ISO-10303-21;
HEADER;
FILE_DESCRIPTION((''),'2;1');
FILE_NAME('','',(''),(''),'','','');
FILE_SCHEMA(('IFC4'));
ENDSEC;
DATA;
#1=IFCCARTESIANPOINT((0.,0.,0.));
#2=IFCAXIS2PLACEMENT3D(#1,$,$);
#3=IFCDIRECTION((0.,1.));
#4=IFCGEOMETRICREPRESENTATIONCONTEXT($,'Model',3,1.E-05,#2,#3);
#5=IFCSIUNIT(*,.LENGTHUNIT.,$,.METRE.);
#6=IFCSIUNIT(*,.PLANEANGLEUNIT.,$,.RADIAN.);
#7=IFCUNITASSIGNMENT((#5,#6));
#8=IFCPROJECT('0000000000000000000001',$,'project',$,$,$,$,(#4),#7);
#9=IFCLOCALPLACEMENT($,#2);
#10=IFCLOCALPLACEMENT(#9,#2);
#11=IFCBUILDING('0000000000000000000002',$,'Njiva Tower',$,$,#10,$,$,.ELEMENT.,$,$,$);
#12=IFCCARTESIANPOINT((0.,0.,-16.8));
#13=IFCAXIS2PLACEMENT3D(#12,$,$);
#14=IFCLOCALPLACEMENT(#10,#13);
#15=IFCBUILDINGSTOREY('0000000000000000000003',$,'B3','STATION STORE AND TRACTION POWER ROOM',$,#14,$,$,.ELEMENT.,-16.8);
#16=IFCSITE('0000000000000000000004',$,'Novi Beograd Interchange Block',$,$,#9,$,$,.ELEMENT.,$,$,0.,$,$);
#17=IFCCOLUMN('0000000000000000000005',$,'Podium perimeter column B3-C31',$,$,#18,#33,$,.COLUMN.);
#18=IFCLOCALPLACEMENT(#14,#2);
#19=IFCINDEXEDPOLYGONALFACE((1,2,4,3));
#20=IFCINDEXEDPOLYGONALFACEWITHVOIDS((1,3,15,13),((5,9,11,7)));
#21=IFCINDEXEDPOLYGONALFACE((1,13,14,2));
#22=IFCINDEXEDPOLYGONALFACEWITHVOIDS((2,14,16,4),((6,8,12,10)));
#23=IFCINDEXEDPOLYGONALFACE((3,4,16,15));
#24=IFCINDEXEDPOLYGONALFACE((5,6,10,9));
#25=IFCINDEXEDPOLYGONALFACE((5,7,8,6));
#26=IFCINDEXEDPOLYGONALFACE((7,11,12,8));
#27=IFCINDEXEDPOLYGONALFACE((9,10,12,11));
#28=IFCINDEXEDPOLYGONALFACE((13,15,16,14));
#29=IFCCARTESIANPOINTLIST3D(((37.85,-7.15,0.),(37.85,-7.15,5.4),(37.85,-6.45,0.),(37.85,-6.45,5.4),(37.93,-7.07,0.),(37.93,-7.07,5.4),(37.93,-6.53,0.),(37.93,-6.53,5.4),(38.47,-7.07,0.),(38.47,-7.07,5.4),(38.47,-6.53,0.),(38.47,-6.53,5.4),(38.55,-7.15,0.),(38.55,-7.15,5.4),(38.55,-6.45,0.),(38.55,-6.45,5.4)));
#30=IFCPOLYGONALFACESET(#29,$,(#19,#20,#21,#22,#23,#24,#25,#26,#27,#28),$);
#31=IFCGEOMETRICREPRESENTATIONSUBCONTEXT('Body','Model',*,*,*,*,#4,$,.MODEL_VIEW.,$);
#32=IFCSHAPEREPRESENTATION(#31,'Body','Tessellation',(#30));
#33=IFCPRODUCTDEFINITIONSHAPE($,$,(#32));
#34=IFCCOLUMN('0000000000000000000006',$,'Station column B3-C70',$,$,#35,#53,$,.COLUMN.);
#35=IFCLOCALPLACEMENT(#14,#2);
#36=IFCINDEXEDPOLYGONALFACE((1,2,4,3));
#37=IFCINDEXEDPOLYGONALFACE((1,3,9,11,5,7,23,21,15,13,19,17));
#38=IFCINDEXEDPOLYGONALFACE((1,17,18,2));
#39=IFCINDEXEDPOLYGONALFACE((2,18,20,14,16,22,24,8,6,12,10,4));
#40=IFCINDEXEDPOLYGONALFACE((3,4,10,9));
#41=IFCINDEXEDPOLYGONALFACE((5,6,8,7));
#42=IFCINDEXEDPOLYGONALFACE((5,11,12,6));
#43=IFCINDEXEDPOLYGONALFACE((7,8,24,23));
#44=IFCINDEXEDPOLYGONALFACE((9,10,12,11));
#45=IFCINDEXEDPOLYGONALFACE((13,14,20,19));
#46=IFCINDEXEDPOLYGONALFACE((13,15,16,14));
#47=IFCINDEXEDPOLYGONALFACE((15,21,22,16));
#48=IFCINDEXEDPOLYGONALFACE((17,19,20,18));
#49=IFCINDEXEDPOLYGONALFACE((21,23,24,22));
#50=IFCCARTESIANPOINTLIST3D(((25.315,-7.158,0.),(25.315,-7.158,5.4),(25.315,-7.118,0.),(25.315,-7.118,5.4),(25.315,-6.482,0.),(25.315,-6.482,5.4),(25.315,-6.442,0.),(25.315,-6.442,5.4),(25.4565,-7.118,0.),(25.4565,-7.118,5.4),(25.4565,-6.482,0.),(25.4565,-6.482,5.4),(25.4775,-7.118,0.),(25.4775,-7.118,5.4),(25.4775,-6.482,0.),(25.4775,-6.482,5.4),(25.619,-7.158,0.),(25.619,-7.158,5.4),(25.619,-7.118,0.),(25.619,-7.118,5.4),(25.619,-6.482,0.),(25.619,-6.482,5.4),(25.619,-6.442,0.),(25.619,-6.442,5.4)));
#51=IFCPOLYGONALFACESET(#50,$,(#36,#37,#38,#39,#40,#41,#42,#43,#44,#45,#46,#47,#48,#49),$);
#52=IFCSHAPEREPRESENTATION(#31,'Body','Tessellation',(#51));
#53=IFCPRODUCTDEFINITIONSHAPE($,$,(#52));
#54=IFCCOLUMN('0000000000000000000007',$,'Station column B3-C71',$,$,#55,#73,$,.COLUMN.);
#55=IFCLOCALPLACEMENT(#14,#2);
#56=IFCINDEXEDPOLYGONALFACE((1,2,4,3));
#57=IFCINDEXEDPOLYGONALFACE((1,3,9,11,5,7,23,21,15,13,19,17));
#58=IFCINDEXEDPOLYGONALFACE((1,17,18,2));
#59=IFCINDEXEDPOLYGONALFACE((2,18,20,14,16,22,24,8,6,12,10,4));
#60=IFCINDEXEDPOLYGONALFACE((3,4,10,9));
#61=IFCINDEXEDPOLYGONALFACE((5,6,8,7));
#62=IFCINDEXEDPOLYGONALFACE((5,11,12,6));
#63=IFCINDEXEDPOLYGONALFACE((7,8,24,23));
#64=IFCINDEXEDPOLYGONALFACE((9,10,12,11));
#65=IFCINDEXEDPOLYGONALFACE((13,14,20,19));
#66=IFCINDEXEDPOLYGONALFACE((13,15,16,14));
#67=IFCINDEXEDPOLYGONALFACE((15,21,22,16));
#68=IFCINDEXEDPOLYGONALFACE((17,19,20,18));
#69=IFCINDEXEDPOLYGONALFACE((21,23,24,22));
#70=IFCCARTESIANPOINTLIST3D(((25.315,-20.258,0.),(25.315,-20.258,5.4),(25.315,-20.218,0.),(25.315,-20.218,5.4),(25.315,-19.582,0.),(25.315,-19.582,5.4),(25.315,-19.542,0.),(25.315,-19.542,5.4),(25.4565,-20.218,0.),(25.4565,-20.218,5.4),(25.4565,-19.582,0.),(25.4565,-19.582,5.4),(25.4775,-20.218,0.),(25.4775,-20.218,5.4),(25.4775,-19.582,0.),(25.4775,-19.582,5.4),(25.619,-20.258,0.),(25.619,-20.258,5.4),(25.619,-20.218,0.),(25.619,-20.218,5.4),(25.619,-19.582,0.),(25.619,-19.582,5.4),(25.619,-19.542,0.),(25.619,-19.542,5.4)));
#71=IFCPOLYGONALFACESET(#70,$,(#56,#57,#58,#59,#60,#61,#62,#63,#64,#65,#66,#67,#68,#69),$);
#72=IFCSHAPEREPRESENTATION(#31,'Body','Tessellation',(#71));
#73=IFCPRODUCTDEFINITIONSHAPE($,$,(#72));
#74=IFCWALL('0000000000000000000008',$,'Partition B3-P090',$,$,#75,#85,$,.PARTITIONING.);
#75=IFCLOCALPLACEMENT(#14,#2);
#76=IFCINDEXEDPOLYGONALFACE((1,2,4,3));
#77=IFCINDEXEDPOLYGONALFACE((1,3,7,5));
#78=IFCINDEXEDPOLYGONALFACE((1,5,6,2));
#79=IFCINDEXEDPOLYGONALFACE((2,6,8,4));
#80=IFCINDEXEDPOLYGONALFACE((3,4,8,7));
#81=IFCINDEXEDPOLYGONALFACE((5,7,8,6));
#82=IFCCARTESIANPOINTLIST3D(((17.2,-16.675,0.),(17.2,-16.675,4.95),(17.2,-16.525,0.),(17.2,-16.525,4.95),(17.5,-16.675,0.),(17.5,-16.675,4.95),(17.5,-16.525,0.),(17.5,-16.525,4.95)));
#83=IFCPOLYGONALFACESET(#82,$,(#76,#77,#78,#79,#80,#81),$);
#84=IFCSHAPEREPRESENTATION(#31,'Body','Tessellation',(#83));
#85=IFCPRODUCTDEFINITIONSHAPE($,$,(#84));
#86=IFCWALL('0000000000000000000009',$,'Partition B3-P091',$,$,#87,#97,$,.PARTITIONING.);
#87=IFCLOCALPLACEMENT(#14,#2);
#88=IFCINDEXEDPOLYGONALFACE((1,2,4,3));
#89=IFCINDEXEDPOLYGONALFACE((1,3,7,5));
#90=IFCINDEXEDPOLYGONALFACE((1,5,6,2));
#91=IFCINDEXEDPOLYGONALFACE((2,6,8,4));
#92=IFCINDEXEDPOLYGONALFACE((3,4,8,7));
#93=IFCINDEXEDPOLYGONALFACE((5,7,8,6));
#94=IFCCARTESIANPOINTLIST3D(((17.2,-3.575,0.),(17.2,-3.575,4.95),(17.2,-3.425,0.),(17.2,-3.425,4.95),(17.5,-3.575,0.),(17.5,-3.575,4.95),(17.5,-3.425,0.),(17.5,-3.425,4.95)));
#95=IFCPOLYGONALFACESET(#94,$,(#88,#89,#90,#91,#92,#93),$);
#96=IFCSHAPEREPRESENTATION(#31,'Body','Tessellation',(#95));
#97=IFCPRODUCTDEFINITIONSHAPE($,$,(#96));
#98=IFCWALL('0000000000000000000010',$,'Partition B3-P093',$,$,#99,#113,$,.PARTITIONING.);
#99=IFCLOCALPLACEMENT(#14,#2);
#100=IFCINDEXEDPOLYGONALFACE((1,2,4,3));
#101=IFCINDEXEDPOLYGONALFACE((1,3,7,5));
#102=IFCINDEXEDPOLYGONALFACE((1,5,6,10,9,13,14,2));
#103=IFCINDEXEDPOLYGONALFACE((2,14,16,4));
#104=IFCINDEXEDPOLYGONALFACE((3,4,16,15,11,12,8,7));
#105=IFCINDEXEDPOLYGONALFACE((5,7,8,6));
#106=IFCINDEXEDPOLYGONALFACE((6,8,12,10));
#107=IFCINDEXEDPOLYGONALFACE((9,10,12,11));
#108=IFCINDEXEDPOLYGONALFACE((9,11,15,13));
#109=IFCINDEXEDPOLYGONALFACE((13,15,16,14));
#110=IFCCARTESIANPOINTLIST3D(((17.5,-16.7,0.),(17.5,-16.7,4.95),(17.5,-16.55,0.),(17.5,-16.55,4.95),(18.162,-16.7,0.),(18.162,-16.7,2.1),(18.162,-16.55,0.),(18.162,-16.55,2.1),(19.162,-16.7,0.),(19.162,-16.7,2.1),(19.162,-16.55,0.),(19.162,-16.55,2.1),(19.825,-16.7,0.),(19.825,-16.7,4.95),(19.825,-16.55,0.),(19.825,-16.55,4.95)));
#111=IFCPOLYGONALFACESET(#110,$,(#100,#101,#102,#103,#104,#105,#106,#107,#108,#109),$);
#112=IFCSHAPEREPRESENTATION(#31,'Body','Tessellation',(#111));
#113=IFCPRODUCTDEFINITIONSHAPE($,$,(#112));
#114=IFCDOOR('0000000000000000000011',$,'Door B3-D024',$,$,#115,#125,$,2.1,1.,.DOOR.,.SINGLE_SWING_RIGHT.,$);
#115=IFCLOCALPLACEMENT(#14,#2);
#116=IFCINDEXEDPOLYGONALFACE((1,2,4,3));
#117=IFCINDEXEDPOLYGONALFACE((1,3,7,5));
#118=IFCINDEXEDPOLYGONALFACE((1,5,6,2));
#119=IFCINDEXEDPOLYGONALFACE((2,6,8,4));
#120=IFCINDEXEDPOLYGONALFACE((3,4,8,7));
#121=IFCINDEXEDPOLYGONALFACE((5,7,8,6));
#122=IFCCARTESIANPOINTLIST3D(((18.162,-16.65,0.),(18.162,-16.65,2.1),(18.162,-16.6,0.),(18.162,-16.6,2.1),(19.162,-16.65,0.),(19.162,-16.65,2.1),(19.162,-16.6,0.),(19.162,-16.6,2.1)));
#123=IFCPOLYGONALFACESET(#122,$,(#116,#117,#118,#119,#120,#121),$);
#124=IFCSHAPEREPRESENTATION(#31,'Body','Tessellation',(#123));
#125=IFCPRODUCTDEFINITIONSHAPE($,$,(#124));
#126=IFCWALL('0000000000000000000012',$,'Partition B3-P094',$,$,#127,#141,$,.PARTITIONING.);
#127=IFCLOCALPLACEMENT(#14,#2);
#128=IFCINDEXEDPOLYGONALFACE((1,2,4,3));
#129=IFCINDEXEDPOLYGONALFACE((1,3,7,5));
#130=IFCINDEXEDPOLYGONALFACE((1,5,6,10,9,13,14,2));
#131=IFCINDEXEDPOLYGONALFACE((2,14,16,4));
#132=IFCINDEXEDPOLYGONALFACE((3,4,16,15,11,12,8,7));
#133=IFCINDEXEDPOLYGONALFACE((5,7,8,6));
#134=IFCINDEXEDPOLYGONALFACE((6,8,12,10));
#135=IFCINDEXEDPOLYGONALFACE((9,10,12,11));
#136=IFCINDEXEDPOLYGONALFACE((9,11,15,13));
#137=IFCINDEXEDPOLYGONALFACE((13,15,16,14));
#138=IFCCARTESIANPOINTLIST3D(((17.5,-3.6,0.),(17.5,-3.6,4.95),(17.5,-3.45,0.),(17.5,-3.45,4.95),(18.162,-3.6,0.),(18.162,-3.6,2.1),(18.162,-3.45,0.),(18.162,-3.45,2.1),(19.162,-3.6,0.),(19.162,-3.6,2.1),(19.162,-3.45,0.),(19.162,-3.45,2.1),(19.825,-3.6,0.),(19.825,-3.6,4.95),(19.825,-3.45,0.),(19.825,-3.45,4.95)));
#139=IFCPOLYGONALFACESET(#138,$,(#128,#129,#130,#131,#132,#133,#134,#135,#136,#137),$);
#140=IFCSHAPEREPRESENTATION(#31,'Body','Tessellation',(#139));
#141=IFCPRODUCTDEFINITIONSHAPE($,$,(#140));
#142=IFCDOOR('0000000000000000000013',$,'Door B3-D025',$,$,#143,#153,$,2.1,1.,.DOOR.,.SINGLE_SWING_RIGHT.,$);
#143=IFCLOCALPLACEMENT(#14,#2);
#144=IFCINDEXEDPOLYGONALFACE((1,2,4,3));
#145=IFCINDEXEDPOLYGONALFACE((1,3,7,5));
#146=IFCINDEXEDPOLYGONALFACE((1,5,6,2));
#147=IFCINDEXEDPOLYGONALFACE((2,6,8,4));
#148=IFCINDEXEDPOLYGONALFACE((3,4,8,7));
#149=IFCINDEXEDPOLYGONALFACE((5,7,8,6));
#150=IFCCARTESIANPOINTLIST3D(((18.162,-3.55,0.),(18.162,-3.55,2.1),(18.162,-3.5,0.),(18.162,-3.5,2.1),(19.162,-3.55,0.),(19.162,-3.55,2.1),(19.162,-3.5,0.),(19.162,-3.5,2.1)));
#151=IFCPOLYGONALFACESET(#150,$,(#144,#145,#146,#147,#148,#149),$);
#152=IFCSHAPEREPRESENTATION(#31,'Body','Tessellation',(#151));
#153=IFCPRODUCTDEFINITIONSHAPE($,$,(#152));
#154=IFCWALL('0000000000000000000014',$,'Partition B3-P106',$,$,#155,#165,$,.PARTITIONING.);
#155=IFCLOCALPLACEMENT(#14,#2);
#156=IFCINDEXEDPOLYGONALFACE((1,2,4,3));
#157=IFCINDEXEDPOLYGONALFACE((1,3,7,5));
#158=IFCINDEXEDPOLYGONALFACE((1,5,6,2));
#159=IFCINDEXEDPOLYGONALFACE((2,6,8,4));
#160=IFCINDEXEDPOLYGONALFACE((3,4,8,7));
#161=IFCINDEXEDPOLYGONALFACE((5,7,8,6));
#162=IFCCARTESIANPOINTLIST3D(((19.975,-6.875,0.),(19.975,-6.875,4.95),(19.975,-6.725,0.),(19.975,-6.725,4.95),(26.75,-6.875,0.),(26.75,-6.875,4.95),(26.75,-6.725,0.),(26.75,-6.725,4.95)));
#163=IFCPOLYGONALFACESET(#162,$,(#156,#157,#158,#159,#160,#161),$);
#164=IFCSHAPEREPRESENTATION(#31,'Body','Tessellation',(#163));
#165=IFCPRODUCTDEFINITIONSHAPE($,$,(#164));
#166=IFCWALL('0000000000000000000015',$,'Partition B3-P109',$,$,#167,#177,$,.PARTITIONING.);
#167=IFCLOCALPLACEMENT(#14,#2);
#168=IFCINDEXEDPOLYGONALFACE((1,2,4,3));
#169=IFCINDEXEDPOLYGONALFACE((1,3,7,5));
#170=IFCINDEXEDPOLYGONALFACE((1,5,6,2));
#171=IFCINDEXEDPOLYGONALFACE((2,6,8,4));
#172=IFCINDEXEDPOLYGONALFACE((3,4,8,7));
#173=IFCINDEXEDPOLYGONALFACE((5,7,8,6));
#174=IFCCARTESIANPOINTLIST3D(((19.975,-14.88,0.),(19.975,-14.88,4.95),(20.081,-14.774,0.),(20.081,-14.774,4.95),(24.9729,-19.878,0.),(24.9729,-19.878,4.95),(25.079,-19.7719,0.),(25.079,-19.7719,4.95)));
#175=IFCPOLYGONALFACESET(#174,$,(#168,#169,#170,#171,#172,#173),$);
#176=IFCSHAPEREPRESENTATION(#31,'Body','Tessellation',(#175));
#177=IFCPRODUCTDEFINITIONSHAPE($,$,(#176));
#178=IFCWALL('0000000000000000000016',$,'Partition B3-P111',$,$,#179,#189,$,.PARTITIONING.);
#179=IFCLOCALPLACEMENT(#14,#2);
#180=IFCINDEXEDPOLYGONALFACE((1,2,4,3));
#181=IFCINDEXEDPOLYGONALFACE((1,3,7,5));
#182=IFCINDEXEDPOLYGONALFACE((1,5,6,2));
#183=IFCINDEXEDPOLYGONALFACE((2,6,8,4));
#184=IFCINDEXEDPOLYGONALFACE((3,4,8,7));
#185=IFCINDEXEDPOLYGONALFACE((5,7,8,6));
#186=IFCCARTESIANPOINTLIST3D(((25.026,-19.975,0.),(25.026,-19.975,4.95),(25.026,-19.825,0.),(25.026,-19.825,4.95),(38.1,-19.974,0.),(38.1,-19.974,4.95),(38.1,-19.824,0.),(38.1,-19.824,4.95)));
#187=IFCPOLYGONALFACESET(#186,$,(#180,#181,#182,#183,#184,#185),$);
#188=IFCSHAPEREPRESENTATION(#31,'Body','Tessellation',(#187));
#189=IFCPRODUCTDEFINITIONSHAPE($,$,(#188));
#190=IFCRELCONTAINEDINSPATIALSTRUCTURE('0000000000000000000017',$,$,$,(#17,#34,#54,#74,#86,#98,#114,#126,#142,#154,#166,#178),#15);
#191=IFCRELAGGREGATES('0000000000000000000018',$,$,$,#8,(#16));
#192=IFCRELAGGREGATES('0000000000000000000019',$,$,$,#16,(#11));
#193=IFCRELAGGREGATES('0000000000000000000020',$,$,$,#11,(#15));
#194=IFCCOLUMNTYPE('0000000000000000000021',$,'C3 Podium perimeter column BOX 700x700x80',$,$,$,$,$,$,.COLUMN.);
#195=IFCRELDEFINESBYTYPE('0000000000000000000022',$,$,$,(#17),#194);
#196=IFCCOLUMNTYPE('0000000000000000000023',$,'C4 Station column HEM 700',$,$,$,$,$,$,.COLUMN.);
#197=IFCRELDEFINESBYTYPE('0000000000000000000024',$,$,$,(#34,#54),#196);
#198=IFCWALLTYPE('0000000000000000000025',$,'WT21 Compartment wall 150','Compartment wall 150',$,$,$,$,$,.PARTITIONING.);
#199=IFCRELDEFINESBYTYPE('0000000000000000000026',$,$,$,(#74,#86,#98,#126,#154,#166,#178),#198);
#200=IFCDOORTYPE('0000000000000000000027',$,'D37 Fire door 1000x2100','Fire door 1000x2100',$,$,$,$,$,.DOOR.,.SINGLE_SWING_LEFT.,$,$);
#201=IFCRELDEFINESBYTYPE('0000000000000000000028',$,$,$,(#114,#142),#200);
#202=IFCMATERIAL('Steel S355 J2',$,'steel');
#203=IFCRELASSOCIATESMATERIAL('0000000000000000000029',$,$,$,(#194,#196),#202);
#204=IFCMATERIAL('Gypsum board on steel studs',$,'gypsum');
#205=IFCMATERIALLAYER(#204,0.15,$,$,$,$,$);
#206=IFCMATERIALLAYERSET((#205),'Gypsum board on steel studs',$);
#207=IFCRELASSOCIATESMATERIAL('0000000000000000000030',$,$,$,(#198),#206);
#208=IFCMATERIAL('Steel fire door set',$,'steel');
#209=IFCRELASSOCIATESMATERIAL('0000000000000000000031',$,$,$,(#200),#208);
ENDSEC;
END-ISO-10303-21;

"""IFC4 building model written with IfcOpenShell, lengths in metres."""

from ifc_helpers import new_model, si_unit, direction, frame, frame_2d, origin, origin_2d, place, context, subcontext, project, spatial, rectangle, hollow_rectangle, i_section, extrude, material, layer, layer_set, material_profile, profile_set, type_object, element, fill, save


model = new_model("IFC4")

# Units and contexts
model_context = context("Model", 3, precision=1e-05, world=origin(), true_north=direction((0.0, 1.0)))
body_context = subcontext(model_context, "Body", "Model", "MODEL_VIEW")
ifc_project = project(units=[si_unit("LENGTHUNIT", "METRE"), si_unit("PLANEANGLEUNIT", "RADIAN")], contexts=[model_context])

# Site, building, storey
site_placement = place(None, origin())
site = spatial("IfcSite", under=ifc_project, at=site_placement, Name="Novi Beograd Interchange Block", CompositionType="ELEMENT", RefElevation=0.0)
building_placement = place(site_placement, origin())
building = spatial("IfcBuilding", under=site, at=building_placement, Name="Njiva Tower", CompositionType="ELEMENT")
storey_placement = place(building_placement, frame((0.0, 0.0, -16.8)))
storey = spatial("IfcBuildingStorey", under=building, at=storey_placement, Name="B3", Description="STATION STORE AND TRACTION POWER ROOM", CompositionType="ELEMENT", Elevation=-16.8)

# Columns
ifc_material_1 = material(Name="Steel S355 J2", Category="steel")
ifc_material_profile_1 = material_profile(ifc_material_1, hollow_rectangle(XDim=0.7, YDim=0.7, WallThickness=0.08, at=origin_2d()), Name="BOX 700x700x80")
ifc_profile_set_1 = profile_set([ifc_material_profile_1], Name="Steel S355 J2")
column_type_1 = type_object("IfcColumnType", Name="C3 Podium perimeter column BOX 700x700x80", PredefinedType="COLUMN", material=ifc_profile_set_1)
for number, where, z_axis, x_axis, name in (
    (1, (38.2, -6.8, 0.0), (0.0, 0.0, 1.0), (0.0, 1.0, 0.0), "Podium perimeter column B3-C31"),
):
    element("IfcColumn", number, at=place(storey_placement, frame(where, z_axis=z_axis, x_axis=x_axis)), inside=storey, type_object=column_type_1, Name=name, PredefinedType="COLUMN", context=body_context, shape_type="SweptSolid", body=[
        extrude(hollow_rectangle(XDim=0.7, YDim=0.7, WallThickness=0.08, at=origin_2d()), origin(), (0.0, 0.0, 1.0), 5.4),
    ])
ifc_material_profile_2 = material_profile(ifc_material_1, i_section(OverallWidth=0.304, OverallDepth=0.716, WebThickness=0.021, FlangeThickness=0.04, at=origin_2d()), Name="HEM 700")
ifc_profile_set_2 = profile_set([ifc_material_profile_2], Name="Steel S355 J2")
column_type_2 = type_object("IfcColumnType", Name="C4 Station column HEM 700", PredefinedType="COLUMN", material=ifc_profile_set_2)
for number, where, z_axis, x_axis, name in (
    (2, (25.467, -6.8, 0.0), (0.0, 0.0, 1.0), (1.0, 0.0, 0.0), "Station column B3-C70"),
    (3, (25.467, -19.9, 0.0), (0.0, 0.0, 1.0), (1.0, 0.0, 0.0), "Station column B3-C71"),
):
    element("IfcColumn", number, at=place(storey_placement, frame(where, z_axis=z_axis, x_axis=x_axis)), inside=storey, type_object=column_type_2, Name=name, PredefinedType="COLUMN", context=body_context, shape_type="SweptSolid", body=[
        extrude(i_section(OverallWidth=0.304, OverallDepth=0.716, WebThickness=0.021, FlangeThickness=0.04, at=origin_2d()), origin(), (0.0, 0.0, 1.0), 5.4),
    ])

# Walls
ifc_material_2 = material(Name="Gypsum board on steel studs", Category="gypsum")
ifc_layer_1 = layer(ifc_material_2, 0.15)
ifc_layer_set_1 = layer_set([ifc_layer_1], Name="Gypsum board on steel studs")
wall_type_1 = type_object("IfcWallType", Name="WT21 Compartment wall 150", Description="Compartment wall 150", PredefinedType="PARTITIONING", material=ifc_layer_set_1)
for number, where, z_axis, x_axis, name in (
    (4, (17.2, -16.6, 0.0), (0.0, 0.0, 1.0), (1.0, 0.0, 0.0), "Partition B3-P090"),
    (5, (17.2, -3.5, 0.0), (0.0, 0.0, 1.0), (1.0, 0.0, 0.0), "Partition B3-P091"),
):
    element("IfcWall", number, at=place(storey_placement, frame(where, z_axis=z_axis, x_axis=x_axis)), inside=storey, type_object=wall_type_1, Name=name, PredefinedType="PARTITIONING", context=body_context, shape_type="SweptSolid", body=[
        extrude(rectangle(XDim=0.3, YDim=0.15, at=frame_2d((0.15, 0.0))), origin(), (0.0, 0.0, 1.0), 4.95),
    ])

# Walls, openings, doors
wall_1_placement = place(storey_placement, frame((17.5, -16.625, 0.0), z_axis=(0.0, 0.0, 1.0), x_axis=(1.0, 0.0, 0.0)))
wall_1 = element("IfcWall", 6, at=wall_1_placement, inside=storey, type_object=wall_type_1, Name="Partition B3-P093", PredefinedType="PARTITIONING", context=body_context, shape_type="SweptSolid", body=[
    extrude(rectangle(XDim=2.325, YDim=0.15, at=frame_2d((1.1625, 0.0))), origin(), (0.0, 0.0, 1.0), 4.95),
])
opening_1_placement = place(wall_1_placement, frame((0.662, 0.0, 0.0)))
opening_1 = element("IfcOpeningElement", 7, at=opening_1_placement, cuts=wall_1, PredefinedType="OPENING", context=body_context, shape_type="SweptSolid", body=[
    extrude(rectangle(XDim=1.0, YDim=2.1, at=frame_2d((0.5, 1.05))), frame((0.0, 0.085, 0.0), z_axis=(0.0, -1.0, 0.0), x_axis=(1.0, 0.0, 0.0)), (0.0, 0.0, 1.0), 0.17),
])
ifc_material_3 = material(Name="Steel fire door set", Category="steel")
door_type_1 = type_object("IfcDoorType", Name="D37 Fire door 1000x2100", Description="Fire door 1000x2100", OperationType="SINGLE_SWING_LEFT", PredefinedType="DOOR", material=ifc_material_3)
door_1_placement = place(opening_1_placement, origin())
door_1 = element("IfcDoor", 8, at=door_1_placement, inside=storey, type_object=door_type_1, Name="Door B3-D024", OperationType="SINGLE_SWING_RIGHT", OverallHeight=2.1, OverallWidth=1.0, PredefinedType="DOOR", context=body_context, shape_type="SweptSolid", body=[
    extrude(rectangle(XDim=1.0, YDim=2.1, at=frame_2d((0.5, 1.05))), frame((0.0, 0.025, 0.0), z_axis=(0.0, -1.0, 0.0), x_axis=(1.0, 0.0, 0.0)), (0.0, 0.0, 1.0), 0.05),
])
fill(opening_1, door_1)
wall_2_placement = place(storey_placement, frame((17.5, -3.525, 0.0), z_axis=(0.0, 0.0, 1.0), x_axis=(1.0, 0.0, 0.0)))
wall_2 = element("IfcWall", 9, at=wall_2_placement, inside=storey, type_object=wall_type_1, Name="Partition B3-P094", PredefinedType="PARTITIONING", context=body_context, shape_type="SweptSolid", body=[
    extrude(rectangle(XDim=2.325, YDim=0.15, at=frame_2d((1.1625, 0.0))), origin(), (0.0, 0.0, 1.0), 4.95),
])
opening_2_placement = place(wall_2_placement, frame((0.662, 0.0, 0.0)))
opening_2 = element("IfcOpeningElement", 10, at=opening_2_placement, cuts=wall_2, PredefinedType="OPENING", context=body_context, shape_type="SweptSolid", body=[
    extrude(rectangle(XDim=1.0, YDim=2.1, at=frame_2d((0.5, 1.05))), frame((0.0, 0.085, 0.0), z_axis=(0.0, -1.0, 0.0), x_axis=(1.0, 0.0, 0.0)), (0.0, 0.0, 1.0), 0.17),
])
door_2_placement = place(opening_2_placement, origin())
door_2 = element("IfcDoor", 11, at=door_2_placement, inside=storey, type_object=door_type_1, Name="Door B3-D025", OperationType="SINGLE_SWING_RIGHT", OverallHeight=2.1, OverallWidth=1.0, PredefinedType="DOOR", context=body_context, shape_type="SweptSolid", body=[
    extrude(rectangle(XDim=1.0, YDim=2.1, at=frame_2d((0.5, 1.05))), frame((0.0, 0.025, 0.0), z_axis=(0.0, -1.0, 0.0), x_axis=(1.0, 0.0, 0.0)), (0.0, 0.0, 1.0), 0.05),
])
fill(opening_2, door_2)

# Walls
wall_3_placement = place(storey_placement, frame((19.975, -6.8, 0.0), z_axis=(0.0, 0.0, 1.0), x_axis=(1.0, 0.0, 0.0)))
element("IfcWall", 12, at=wall_3_placement, inside=storey, type_object=wall_type_1, Name="Partition B3-P106", PredefinedType="PARTITIONING", context=body_context, shape_type="SweptSolid", body=[
    extrude(rectangle(XDim=6.775, YDim=0.15, at=frame_2d((3.3875, 0.0))), origin(), (0.0, 0.0, 1.0), 4.95),
])
wall_4_placement = place(storey_placement, frame((20.028, -14.827, 0.0), z_axis=(0.0, 0.0, 1.0), x_axis=(0.707107, -0.707107, 0.0)))
element("IfcWall", 13, at=wall_4_placement, inside=storey, type_object=wall_type_1, Name="Partition B3-P109", PredefinedType="PARTITIONING", context=body_context, shape_type="SweptSolid", body=[
    extrude(rectangle(XDim=7.0682, YDim=0.15, at=frame_2d((3.5341, 0.0))), origin(), (0.0, 0.0, 1.0), 4.95),
])
wall_5_placement = place(storey_placement, frame((25.026, -19.9, 0.0), z_axis=(0.0, 0.0, 1.0), x_axis=(1.0, 0.000076, 0.0)))
element("IfcWall", 14, at=wall_5_placement, inside=storey, type_object=wall_type_1, Name="Partition B3-P111", PredefinedType="PARTITIONING", context=body_context, shape_type="SweptSolid", body=[
    extrude(rectangle(XDim=13.074, YDim=0.15, at=frame_2d((6.537, 0.0))), origin(), (0.0, 0.0, 1.0), 4.95),
])

save(model, "model.ifc")
